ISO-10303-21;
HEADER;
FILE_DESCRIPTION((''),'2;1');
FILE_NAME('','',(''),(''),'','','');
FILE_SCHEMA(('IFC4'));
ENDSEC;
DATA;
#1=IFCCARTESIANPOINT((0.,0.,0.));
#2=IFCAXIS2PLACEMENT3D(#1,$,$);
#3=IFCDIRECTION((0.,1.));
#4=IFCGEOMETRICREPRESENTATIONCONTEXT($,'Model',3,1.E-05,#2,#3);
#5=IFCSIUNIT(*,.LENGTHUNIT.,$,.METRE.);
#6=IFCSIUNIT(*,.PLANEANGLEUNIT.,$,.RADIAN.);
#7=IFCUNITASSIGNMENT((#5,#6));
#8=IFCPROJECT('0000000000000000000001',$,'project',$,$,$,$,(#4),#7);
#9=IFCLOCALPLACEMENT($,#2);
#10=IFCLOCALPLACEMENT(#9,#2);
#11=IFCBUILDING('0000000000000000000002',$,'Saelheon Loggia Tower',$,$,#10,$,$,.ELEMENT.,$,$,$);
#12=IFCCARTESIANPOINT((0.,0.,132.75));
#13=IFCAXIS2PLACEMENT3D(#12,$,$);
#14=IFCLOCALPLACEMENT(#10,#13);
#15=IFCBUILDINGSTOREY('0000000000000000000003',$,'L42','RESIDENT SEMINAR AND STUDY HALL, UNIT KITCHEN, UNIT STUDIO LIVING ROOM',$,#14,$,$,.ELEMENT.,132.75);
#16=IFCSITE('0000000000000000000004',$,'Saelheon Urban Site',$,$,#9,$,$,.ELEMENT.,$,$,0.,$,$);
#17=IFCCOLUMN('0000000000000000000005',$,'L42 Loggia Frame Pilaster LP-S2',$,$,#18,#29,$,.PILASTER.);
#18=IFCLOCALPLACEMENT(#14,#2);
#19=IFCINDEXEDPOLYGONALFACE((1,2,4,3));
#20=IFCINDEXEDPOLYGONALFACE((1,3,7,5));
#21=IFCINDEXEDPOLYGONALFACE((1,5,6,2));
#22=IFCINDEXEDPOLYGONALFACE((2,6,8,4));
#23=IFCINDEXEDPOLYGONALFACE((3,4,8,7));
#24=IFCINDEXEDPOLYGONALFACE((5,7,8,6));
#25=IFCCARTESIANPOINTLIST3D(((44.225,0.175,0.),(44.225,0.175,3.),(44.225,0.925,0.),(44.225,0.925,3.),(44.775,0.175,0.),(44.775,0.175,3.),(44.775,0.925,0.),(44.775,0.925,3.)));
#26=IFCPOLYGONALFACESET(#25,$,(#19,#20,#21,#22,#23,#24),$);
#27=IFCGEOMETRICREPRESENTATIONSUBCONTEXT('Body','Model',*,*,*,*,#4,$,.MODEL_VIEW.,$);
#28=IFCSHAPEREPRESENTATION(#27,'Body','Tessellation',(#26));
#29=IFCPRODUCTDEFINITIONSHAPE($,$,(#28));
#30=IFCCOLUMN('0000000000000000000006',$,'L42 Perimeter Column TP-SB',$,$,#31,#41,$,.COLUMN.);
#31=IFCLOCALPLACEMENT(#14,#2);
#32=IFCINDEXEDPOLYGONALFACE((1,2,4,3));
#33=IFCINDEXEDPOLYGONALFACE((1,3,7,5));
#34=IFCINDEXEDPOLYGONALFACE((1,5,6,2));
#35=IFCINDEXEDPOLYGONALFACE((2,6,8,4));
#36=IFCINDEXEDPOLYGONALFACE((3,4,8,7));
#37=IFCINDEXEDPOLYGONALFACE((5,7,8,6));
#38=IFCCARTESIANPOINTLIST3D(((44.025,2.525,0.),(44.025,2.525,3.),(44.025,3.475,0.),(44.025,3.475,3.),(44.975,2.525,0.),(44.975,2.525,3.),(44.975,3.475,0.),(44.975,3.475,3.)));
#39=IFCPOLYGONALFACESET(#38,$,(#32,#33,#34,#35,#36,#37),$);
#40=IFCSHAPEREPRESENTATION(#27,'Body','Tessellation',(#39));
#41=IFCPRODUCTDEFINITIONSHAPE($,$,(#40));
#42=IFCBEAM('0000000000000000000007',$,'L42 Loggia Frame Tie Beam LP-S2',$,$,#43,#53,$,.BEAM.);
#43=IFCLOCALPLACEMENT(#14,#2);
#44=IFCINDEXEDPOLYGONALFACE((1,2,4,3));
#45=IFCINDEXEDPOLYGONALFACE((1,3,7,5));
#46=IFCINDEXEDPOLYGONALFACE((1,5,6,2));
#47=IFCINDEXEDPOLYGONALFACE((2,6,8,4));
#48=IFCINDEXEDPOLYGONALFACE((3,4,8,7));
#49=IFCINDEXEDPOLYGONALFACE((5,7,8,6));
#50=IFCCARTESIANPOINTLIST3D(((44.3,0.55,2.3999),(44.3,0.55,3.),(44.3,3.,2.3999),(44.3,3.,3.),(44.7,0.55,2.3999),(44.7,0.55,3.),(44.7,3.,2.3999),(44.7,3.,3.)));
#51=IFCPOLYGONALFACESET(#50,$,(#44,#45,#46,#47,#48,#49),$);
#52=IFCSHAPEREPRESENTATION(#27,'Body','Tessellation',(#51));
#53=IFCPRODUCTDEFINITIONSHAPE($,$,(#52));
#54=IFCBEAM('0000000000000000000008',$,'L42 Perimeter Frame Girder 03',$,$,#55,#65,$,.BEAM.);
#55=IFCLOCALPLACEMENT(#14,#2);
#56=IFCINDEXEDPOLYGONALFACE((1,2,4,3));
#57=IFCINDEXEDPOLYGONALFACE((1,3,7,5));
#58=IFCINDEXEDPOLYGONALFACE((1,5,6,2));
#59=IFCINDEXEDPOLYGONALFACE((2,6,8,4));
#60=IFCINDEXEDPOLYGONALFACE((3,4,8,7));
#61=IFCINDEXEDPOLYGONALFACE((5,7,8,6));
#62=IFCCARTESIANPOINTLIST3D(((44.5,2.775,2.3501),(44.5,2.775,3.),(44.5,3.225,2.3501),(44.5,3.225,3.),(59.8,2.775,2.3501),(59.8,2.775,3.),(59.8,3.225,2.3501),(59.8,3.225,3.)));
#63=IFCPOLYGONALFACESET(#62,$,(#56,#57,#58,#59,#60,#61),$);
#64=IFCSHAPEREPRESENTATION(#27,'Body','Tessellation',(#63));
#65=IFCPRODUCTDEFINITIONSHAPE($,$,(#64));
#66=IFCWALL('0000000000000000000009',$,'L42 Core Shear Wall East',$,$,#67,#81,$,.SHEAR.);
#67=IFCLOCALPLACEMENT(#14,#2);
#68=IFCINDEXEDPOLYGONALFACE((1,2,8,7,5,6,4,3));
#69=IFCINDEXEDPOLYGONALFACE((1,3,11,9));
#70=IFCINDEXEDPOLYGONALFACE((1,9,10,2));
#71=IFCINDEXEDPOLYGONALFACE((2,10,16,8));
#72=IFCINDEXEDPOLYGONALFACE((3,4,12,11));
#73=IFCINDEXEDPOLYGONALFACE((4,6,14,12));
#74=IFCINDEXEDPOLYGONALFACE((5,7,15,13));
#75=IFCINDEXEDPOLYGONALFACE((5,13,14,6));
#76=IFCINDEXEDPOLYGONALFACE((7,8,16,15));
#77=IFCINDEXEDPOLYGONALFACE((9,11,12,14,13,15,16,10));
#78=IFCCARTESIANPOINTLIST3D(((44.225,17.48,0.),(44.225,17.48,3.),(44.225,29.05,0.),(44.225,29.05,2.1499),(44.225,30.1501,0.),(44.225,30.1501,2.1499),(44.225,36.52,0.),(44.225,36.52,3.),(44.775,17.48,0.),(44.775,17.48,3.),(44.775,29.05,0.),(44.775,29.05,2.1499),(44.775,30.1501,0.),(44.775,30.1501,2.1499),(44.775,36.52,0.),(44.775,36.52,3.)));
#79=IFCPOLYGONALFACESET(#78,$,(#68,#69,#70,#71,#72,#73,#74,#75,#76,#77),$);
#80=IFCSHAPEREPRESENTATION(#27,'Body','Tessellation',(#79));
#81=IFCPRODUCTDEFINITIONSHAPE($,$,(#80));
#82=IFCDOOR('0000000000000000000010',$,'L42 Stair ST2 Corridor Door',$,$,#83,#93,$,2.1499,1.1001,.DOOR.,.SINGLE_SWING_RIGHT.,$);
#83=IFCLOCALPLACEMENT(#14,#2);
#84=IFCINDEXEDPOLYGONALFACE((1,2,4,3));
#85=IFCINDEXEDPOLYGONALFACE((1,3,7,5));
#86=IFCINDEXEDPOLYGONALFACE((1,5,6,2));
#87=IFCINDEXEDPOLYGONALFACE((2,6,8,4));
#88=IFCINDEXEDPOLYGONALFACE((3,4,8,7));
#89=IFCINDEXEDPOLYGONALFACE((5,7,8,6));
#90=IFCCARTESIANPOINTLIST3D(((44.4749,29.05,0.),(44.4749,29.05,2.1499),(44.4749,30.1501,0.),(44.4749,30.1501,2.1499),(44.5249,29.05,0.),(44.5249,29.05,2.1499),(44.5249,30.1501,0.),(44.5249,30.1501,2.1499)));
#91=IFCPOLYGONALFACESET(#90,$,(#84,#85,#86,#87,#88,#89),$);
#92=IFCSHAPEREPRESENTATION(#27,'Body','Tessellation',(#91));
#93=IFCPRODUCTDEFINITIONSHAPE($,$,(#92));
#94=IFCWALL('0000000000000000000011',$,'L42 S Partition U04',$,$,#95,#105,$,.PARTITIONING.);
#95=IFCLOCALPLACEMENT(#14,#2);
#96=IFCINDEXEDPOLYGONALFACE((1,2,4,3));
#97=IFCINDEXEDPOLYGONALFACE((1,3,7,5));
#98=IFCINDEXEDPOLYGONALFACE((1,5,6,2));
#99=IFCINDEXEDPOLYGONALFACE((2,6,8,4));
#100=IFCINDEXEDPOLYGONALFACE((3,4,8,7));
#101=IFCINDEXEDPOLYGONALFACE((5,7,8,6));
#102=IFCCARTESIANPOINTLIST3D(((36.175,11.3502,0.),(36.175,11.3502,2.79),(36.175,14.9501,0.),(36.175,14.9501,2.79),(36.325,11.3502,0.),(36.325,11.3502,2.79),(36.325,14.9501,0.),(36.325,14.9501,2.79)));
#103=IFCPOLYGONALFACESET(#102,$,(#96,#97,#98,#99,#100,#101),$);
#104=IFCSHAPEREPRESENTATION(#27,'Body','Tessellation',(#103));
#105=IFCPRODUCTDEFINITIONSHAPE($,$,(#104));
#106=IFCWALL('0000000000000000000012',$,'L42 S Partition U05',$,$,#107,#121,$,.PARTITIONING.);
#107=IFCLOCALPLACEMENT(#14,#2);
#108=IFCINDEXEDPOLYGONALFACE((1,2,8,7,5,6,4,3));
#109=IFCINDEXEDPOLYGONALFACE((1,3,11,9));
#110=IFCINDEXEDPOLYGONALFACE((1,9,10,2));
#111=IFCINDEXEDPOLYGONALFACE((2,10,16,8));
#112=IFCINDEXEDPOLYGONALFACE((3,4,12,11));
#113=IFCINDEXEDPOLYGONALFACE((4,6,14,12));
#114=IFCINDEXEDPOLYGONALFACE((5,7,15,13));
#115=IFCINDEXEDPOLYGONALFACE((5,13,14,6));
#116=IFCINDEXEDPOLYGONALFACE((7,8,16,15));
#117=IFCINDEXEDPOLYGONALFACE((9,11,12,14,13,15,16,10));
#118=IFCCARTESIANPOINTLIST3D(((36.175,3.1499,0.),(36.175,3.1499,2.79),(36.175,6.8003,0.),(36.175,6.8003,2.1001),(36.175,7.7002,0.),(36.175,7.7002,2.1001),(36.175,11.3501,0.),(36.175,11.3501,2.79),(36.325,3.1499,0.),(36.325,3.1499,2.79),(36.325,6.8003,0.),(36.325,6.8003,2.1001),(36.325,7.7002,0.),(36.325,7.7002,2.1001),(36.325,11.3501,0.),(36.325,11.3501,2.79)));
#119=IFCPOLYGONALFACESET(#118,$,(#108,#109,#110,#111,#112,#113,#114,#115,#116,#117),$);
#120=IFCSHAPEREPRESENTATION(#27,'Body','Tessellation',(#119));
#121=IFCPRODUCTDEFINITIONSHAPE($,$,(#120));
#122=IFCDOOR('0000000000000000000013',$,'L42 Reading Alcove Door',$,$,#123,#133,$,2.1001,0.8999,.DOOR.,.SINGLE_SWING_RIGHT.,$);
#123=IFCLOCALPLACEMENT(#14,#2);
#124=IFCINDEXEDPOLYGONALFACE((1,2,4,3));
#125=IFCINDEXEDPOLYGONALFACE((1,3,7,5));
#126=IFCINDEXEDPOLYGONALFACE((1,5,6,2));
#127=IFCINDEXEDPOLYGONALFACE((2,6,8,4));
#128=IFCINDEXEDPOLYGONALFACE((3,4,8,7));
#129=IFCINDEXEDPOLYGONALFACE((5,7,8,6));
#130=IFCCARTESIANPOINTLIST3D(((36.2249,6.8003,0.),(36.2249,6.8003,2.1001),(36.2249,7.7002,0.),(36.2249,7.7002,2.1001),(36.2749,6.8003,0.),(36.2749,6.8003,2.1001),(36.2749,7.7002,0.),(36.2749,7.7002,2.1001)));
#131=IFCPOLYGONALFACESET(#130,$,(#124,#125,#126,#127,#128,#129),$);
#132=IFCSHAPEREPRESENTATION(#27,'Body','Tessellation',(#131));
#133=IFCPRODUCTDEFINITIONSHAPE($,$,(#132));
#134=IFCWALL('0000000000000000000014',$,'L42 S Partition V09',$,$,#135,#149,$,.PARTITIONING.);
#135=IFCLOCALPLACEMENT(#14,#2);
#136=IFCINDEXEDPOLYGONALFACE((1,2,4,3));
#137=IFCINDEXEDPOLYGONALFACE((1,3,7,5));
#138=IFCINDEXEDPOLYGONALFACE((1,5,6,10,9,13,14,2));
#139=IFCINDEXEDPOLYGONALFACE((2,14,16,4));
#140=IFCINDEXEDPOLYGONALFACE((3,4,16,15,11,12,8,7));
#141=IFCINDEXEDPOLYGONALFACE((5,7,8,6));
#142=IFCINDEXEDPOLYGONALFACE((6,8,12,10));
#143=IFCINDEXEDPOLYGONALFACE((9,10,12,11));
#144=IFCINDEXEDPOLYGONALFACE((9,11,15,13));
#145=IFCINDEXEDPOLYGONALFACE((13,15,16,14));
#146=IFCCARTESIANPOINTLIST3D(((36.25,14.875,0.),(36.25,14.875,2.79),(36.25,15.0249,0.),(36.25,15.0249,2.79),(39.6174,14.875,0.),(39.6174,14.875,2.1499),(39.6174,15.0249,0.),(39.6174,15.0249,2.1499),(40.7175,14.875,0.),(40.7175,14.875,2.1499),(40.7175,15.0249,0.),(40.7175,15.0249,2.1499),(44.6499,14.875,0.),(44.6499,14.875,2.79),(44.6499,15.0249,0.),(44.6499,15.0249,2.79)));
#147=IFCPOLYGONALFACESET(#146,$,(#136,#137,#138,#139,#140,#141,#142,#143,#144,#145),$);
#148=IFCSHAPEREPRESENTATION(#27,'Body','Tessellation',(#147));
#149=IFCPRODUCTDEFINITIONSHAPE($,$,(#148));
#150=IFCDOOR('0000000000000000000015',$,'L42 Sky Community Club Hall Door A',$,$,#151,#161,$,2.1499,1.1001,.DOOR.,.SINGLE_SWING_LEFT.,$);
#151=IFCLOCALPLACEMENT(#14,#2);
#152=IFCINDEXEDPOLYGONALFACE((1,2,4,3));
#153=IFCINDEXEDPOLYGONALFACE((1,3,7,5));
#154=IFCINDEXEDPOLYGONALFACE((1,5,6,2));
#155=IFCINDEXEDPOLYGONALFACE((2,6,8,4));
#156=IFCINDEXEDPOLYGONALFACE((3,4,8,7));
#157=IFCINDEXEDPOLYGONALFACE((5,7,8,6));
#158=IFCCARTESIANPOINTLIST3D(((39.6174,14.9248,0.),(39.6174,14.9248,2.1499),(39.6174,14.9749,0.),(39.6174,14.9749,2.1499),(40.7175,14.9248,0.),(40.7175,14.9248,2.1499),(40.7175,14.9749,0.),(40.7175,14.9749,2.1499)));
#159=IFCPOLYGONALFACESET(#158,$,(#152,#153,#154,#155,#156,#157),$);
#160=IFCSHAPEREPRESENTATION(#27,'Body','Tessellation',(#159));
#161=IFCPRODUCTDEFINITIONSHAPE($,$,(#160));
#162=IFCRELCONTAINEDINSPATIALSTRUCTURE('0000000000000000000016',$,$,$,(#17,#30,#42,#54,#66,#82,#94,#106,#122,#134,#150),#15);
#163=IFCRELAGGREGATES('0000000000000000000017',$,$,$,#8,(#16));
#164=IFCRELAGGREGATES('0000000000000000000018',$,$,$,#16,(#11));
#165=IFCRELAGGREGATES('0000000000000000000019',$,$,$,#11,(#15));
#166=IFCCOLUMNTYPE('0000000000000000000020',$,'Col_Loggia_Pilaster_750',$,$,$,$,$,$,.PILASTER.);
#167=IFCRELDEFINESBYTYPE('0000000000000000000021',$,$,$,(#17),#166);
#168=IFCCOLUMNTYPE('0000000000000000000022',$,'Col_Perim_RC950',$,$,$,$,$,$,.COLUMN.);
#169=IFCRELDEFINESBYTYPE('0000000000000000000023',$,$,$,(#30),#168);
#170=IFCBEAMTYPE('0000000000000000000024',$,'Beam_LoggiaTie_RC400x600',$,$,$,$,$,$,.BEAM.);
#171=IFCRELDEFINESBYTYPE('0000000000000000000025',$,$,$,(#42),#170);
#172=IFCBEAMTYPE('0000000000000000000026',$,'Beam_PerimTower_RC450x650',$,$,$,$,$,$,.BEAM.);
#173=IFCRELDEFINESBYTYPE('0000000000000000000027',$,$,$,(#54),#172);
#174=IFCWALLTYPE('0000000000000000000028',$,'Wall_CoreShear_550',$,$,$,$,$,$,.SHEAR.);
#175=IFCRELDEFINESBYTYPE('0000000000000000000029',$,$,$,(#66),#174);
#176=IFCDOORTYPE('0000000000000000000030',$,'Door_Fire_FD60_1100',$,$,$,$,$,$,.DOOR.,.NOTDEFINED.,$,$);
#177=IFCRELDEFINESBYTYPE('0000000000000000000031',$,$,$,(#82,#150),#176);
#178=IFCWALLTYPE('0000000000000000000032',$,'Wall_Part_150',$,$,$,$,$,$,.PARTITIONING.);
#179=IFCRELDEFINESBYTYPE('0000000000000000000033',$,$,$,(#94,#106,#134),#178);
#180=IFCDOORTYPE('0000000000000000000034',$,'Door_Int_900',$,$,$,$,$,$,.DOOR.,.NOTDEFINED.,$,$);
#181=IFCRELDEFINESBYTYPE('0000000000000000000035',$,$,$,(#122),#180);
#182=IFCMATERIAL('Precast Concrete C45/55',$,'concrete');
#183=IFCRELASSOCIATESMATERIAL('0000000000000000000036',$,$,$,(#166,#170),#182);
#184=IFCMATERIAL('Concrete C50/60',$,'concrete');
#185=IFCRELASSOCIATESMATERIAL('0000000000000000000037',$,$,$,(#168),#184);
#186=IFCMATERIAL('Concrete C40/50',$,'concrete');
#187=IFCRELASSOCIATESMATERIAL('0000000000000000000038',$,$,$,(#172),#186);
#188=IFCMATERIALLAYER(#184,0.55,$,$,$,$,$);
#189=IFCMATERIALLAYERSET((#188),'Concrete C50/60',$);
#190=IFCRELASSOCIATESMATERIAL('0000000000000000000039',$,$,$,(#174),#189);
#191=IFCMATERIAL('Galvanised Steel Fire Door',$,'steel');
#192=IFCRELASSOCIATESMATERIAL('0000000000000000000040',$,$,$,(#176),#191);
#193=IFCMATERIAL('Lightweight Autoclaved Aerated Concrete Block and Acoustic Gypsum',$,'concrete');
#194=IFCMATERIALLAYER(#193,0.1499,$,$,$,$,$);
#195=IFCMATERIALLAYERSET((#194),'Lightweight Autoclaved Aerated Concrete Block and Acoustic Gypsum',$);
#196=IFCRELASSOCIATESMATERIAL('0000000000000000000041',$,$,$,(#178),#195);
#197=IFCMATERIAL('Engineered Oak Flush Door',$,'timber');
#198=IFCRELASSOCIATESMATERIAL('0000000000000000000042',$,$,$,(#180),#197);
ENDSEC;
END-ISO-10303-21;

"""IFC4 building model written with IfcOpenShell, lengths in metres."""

from ifc_helpers import new_model, si_unit, direction, frame, frame_2d, origin, origin_2d, place, context, subcontext, project, spatial, rectangle, extrude, source, transform, mapped, material, layer, layer_set, material_profile, profile_set, type_object, element, fill, save


model = new_model("IFC4")

# Units and contexts
model_context = context("Model", 3, precision=1e-05, world=origin(), true_north=direction((0.0, 1.0)))
body_context = subcontext(model_context, "Body", "Model", "MODEL_VIEW")
ifc_project = project(units=[si_unit("LENGTHUNIT", "METRE"), si_unit("PLANEANGLEUNIT", "RADIAN")], contexts=[model_context])

# Site, building, storey
site_placement = place(None, origin())
site = spatial("IfcSite", under=ifc_project, at=site_placement, Name="Saelheon Urban Site", CompositionType="ELEMENT", RefElevation=0.0)
building_placement = place(site_placement, origin())
building = spatial("IfcBuilding", under=site, at=building_placement, Name="Saelheon Loggia Tower", CompositionType="ELEMENT")
storey_placement = place(building_placement, frame((0.0, 0.0, 132.75)))
storey = spatial("IfcBuildingStorey", under=building, at=storey_placement, Name="L42", Description="RESIDENT SEMINAR AND STUDY HALL, UNIT KITCHEN, UNIT STUDIO LIVING ROOM", CompositionType="ELEMENT", Elevation=132.75)

# Columns
ifc_material_1 = material(Name="Precast Concrete C45/55", Category="concrete")
ifc_material_profile_1 = material_profile(ifc_material_1, rectangle(XDim=0.55, YDim=0.75, at=origin_2d()), Name="RC-550x750")
ifc_profile_set_1 = profile_set([ifc_material_profile_1], Name="Precast Concrete C45/55")
column_type_1 = type_object("IfcColumnType", Name="Col_Loggia_Pilaster_750", PredefinedType="PILASTER", material=ifc_profile_set_1)
shared_shape_1 = source(origin(), body_context, "Body", "SweptSolid", [
    extrude(rectangle(XDim=0.55, YDim=0.75, at=origin_2d()), origin(), (0.0, 0.0, 1.0), 3.0),
])
column_1_placement = place(storey_placement, frame((44.5, 0.55, 0.0), z_axis=(0.0, 0.0, 1.0), x_axis=(1.0, 0.0, 0.0)))
element("IfcColumn", 1, at=column_1_placement, inside=storey, type_object=column_type_1, Name="L42 Loggia Frame Pilaster LP-S2", PredefinedType="PILASTER", context=body_context, shape_type="MappedRepresentation", body=[
    mapped(shared_shape_1, transform((0.0, 0.0, 0.0), scale=1.0)),
])
ifc_material_2 = material(Name="Concrete C50/60", Category="concrete")
ifc_material_profile_2 = material_profile(ifc_material_2, rectangle(XDim=0.95, YDim=0.95, at=origin_2d()), Name="RC-950x950")
ifc_profile_set_2 = profile_set([ifc_material_profile_2], Name="Concrete C50/60")
column_type_2 = type_object("IfcColumnType", Name="Col_Perim_RC950", PredefinedType="COLUMN", material=ifc_profile_set_2)
shared_shape_2 = source(origin(), body_context, "Body", "SweptSolid", [
    extrude(rectangle(XDim=0.95, YDim=0.95, at=origin_2d()), origin(), (0.0, 0.0, 1.0), 3.0),
])
column_2_placement = place(storey_placement, frame((44.5, 3.0, 0.0), z_axis=(0.0, 0.0, 1.0), x_axis=(1.0, 0.0, 0.0)))
element("IfcColumn", 2, at=column_2_placement, inside=storey, type_object=column_type_2, Name="L42 Perimeter Column TP-SB", PredefinedType="COLUMN", context=body_context, shape_type="MappedRepresentation", body=[
    mapped(shared_shape_2, transform((0.0, 0.0, 0.0), scale=1.0)),
])

# Beams
ifc_material_profile_3 = material_profile(ifc_material_1, rectangle(XDim=0.3999, YDim=0.6001, at=origin_2d()), Name="RC-400x600")
ifc_profile_set_3 = profile_set([ifc_material_profile_3], Name="Precast Concrete C45/55")
beam_type_1 = type_object("IfcBeamType", Name="Beam_LoggiaTie_RC400x600", PredefinedType="BEAM", material=ifc_profile_set_3)
shared_shape_3 = source(origin(), body_context, "Body", "SweptSolid", [
    extrude(rectangle(XDim=0.3999, YDim=0.6001, at=origin_2d()), origin(), (0.0, 0.0, 1.0), 2.45),
])
beam_1_placement = place(storey_placement, frame((44.5, 3.0, 2.7), z_axis=(0.0, -1.0, 0.0), x_axis=(1.0, 0.0, 0.0)))
element("IfcBeam", 3, at=beam_1_placement, inside=storey, type_object=beam_type_1, Name="L42 Loggia Frame Tie Beam LP-S2", PredefinedType="BEAM", context=body_context, shape_type="MappedRepresentation", body=[
    mapped(shared_shape_3, transform((0.0, 0.0, 0.0), scale=1.0)),
])
ifc_material_3 = material(Name="Concrete C40/50", Category="concrete")
ifc_material_profile_4 = material_profile(ifc_material_3, rectangle(XDim=0.45, YDim=0.6499, at=origin_2d()), Name="RC-450x650")
ifc_profile_set_4 = profile_set([ifc_material_profile_4], Name="Concrete C40/50")
beam_type_2 = type_object("IfcBeamType", Name="Beam_PerimTower_RC450x650", PredefinedType="BEAM", material=ifc_profile_set_4)
shared_shape_4 = source(origin(), body_context, "Body", "SweptSolid", [
    extrude(rectangle(XDim=0.45, YDim=0.6499, at=origin_2d()), origin(), (0.0, 0.0, 1.0), 15.3),
])
beam_2_placement = place(storey_placement, frame((44.5, 3.0, 2.675), z_axis=(1.0, 0.0, 0.0), x_axis=(0.0, 1.0, 0.0)))
element("IfcBeam", 4, at=beam_2_placement, inside=storey, type_object=beam_type_2, Name="L42 Perimeter Frame Girder 03", PredefinedType="BEAM", context=body_context, shape_type="MappedRepresentation", body=[
    mapped(shared_shape_4, transform((0.0, 0.0, 0.0), scale=1.0)),
])

# Wall, opening, door
ifc_layer_1 = layer(ifc_material_2, 0.55)
ifc_layer_set_1 = layer_set([ifc_layer_1], Name="Concrete C50/60")
wall_type_1 = type_object("IfcWallType", Name="Wall_CoreShear_550", PredefinedType="SHEAR", material=ifc_layer_set_1)
wall_1_placement = place(storey_placement, frame((44.5, 17.48, 0.0), z_axis=(0.0, 0.0, 1.0), x_axis=(0.0, 1.0, 0.0)))
wall_1 = element("IfcWall", 5, at=wall_1_placement, inside=storey, type_object=wall_type_1, Name="L42 Core Shear Wall East", PredefinedType="SHEAR", context=body_context, shape_type="SweptSolid", body=[
    extrude(rectangle(XDim=19.04, YDim=0.55, at=frame_2d((9.52, 0.0))), origin(), (0.0, 0.0, 1.0), 3.0),
])
opening_1_placement = place(wall_1_placement, frame((12.6702, 0.0, 0.0), z_axis=(0.0, 0.0, 1.0), x_axis=(-1.0, 0.0, 0.0)))
opening_1 = element("IfcOpeningElement", 6, at=opening_1_placement, cuts=wall_1, PredefinedType="OPENING", context=body_context, shape_type="SweptSolid", body=[
    extrude(rectangle(XDim=1.1001, YDim=2.1499, at=frame_2d((0.55, 1.075))), frame((0.0, 0.2871, 0.0), z_axis=(0.0, -1.0, 0.0), x_axis=(1.0, 0.0, 0.0)), (0.0, 0.0, 1.0), 0.574),
])
ifc_material_4 = material(Name="Galvanised Steel Fire Door", Category="steel")
door_type_1 = type_object("IfcDoorType", Name="Door_Fire_FD60_1100", OperationType="NOTDEFINED", PredefinedType="DOOR", material=ifc_material_4)
shared_shape_5 = source(origin(), body_context, "Body", "SweptSolid", [
    extrude(rectangle(XDim=1.1001, YDim=2.1499, at=frame_2d((0.55, 1.075))), frame((0.0, 0.0249, 0.0), z_axis=(0.0, -1.0, 0.0), x_axis=(1.0, 0.0, 0.0)), (0.0, 0.0, 1.0), 0.05),
])
door_1_placement = place(opening_1_placement, origin())
door_1 = element("IfcDoor", 7, at=door_1_placement, inside=storey, type_object=door_type_1, Name="L42 Stair ST2 Corridor Door", OperationType="SINGLE_SWING_RIGHT", OverallHeight=2.1499, OverallWidth=1.1001, PredefinedType="DOOR", context=body_context, shape_type="MappedRepresentation", body=[
    mapped(shared_shape_5, transform((0.0, 0.0, 0.0), scale=1.0)),
])
fill(opening_1, door_1)

# Wall
ifc_material_5 = material(Name="Lightweight Autoclaved Aerated Concrete Block and Acoustic Gypsum", Category="concrete")
ifc_layer_2 = layer(ifc_material_5, 0.1499)
ifc_layer_set_2 = layer_set([ifc_layer_2], Name="Lightweight Autoclaved Aerated Concrete Block and Acoustic Gypsum")
wall_type_2 = type_object("IfcWallType", Name="Wall_Part_150", PredefinedType="PARTITIONING", material=ifc_layer_set_2)
wall_2_placement = place(storey_placement, frame((36.25, 14.95, 0.0), z_axis=(0.0, 0.0, 1.0), x_axis=(0.0, -1.0, 0.0)))
element("IfcWall", 8, at=wall_2_placement, inside=storey, type_object=wall_type_2, Name="L42 S Partition U04", PredefinedType="PARTITIONING", context=body_context, shape_type="SweptSolid", body=[
    extrude(rectangle(XDim=3.5999, YDim=0.1499, at=frame_2d((1.7998, 0.0))), origin(), (0.0, 0.0, 1.0), 2.79),
])

# Walls, openings, doors
wall_3_placement = place(storey_placement, frame((36.25, 11.3501, 0.0), z_axis=(0.0, 0.0, 1.0), x_axis=(0.0, -1.0, 0.0)))
wall_3 = element("IfcWall", 9, at=wall_3_placement, inside=storey, type_object=wall_type_2, Name="L42 S Partition U05", PredefinedType="PARTITIONING", context=body_context, shape_type="SweptSolid", body=[
    extrude(rectangle(XDim=8.2002, YDim=0.1499, at=frame_2d((4.1001, 0.0))), origin(), (0.0, 0.0, 1.0), 2.79),
])
opening_2_placement = place(wall_3_placement, frame((3.6499, 0.0, 0.0)))
opening_2 = element("IfcOpeningElement", 10, at=opening_2_placement, cuts=wall_3, PredefinedType="OPENING", context=body_context, shape_type="SweptSolid", body=[
    extrude(rectangle(XDim=0.8999, YDim=2.1001, at=frame_2d((0.45, 1.05))), frame((0.0, 0.0869, 0.0), z_axis=(0.0, -1.0, 0.0), x_axis=(1.0, 0.0, 0.0)), (0.0, 0.0, 1.0), 0.1738),
])
ifc_material_6 = material(Name="Engineered Oak Flush Door", Category="timber")
door_type_2 = type_object("IfcDoorType", Name="Door_Int_900", OperationType="NOTDEFINED", PredefinedType="DOOR", material=ifc_material_6)
shared_shape_6 = source(origin(), body_context, "Body", "SweptSolid", [
    extrude(rectangle(XDim=0.8999, YDim=2.1001, at=frame_2d((0.45, 1.05))), frame((0.0, 0.0249, 0.0), z_axis=(0.0, -1.0, 0.0), x_axis=(1.0, 0.0, 0.0)), (0.0, 0.0, 1.0), 0.05),
])
door_2_placement = place(opening_2_placement, origin())
door_2 = element("IfcDoor", 11, at=door_2_placement, inside=storey, type_object=door_type_2, Name="L42 Reading Alcove Door", OperationType="SINGLE_SWING_RIGHT", OverallHeight=2.1001, OverallWidth=0.8999, PredefinedType="DOOR", context=body_context, shape_type="MappedRepresentation", body=[
    mapped(shared_shape_6, transform((0.0, 0.0, 0.0), scale=1.0)),
])
fill(opening_2, door_2)
wall_4_placement = place(storey_placement, frame((36.25, 14.95, 0.0), z_axis=(0.0, 0.0, 1.0), x_axis=(1.0, 0.0, 0.0)))
wall_4 = element("IfcWall", 12, at=wall_4_placement, inside=storey, type_object=wall_type_2, Name="L42 S Partition V09", PredefinedType="PARTITIONING", context=body_context, shape_type="SweptSolid", body=[
    extrude(rectangle(XDim=8.3999, YDim=0.1499, at=frame_2d((4.2, 0.0))), origin(), (0.0, 0.0, 1.0), 2.79),
])
opening_3_placement = place(wall_4_placement, frame((3.3674, 0.0, 0.0)))
opening_3 = element("IfcOpeningElement", 13, at=opening_3_placement, cuts=wall_4, PredefinedType="OPENING", context=body_context, shape_type="SweptSolid", body=[
    extrude(rectangle(XDim=1.1001, YDim=2.1499, at=frame_2d((0.55, 1.075))), frame((0.0, 0.0869, 0.0), z_axis=(0.0, -1.0, 0.0), x_axis=(1.0, 0.0, 0.0)), (0.0, 0.0, 1.0), 0.1738),
])
door_3_placement = place(opening_3_placement, origin())
door_3 = element("IfcDoor", 14, at=door_3_placement, inside=storey, type_object=door_type_1, Name="L42 Sky Community Club Hall Door A", OperationType="SINGLE_SWING_LEFT", OverallHeight=2.1499, OverallWidth=1.1001, PredefinedType="DOOR", context=body_context, shape_type="MappedRepresentation", body=[
    mapped(shared_shape_5, transform((0.0, 0.0, 0.0), scale=1.0)),
])
fill(opening_3, door_3)

save(model, "model.ifc")
